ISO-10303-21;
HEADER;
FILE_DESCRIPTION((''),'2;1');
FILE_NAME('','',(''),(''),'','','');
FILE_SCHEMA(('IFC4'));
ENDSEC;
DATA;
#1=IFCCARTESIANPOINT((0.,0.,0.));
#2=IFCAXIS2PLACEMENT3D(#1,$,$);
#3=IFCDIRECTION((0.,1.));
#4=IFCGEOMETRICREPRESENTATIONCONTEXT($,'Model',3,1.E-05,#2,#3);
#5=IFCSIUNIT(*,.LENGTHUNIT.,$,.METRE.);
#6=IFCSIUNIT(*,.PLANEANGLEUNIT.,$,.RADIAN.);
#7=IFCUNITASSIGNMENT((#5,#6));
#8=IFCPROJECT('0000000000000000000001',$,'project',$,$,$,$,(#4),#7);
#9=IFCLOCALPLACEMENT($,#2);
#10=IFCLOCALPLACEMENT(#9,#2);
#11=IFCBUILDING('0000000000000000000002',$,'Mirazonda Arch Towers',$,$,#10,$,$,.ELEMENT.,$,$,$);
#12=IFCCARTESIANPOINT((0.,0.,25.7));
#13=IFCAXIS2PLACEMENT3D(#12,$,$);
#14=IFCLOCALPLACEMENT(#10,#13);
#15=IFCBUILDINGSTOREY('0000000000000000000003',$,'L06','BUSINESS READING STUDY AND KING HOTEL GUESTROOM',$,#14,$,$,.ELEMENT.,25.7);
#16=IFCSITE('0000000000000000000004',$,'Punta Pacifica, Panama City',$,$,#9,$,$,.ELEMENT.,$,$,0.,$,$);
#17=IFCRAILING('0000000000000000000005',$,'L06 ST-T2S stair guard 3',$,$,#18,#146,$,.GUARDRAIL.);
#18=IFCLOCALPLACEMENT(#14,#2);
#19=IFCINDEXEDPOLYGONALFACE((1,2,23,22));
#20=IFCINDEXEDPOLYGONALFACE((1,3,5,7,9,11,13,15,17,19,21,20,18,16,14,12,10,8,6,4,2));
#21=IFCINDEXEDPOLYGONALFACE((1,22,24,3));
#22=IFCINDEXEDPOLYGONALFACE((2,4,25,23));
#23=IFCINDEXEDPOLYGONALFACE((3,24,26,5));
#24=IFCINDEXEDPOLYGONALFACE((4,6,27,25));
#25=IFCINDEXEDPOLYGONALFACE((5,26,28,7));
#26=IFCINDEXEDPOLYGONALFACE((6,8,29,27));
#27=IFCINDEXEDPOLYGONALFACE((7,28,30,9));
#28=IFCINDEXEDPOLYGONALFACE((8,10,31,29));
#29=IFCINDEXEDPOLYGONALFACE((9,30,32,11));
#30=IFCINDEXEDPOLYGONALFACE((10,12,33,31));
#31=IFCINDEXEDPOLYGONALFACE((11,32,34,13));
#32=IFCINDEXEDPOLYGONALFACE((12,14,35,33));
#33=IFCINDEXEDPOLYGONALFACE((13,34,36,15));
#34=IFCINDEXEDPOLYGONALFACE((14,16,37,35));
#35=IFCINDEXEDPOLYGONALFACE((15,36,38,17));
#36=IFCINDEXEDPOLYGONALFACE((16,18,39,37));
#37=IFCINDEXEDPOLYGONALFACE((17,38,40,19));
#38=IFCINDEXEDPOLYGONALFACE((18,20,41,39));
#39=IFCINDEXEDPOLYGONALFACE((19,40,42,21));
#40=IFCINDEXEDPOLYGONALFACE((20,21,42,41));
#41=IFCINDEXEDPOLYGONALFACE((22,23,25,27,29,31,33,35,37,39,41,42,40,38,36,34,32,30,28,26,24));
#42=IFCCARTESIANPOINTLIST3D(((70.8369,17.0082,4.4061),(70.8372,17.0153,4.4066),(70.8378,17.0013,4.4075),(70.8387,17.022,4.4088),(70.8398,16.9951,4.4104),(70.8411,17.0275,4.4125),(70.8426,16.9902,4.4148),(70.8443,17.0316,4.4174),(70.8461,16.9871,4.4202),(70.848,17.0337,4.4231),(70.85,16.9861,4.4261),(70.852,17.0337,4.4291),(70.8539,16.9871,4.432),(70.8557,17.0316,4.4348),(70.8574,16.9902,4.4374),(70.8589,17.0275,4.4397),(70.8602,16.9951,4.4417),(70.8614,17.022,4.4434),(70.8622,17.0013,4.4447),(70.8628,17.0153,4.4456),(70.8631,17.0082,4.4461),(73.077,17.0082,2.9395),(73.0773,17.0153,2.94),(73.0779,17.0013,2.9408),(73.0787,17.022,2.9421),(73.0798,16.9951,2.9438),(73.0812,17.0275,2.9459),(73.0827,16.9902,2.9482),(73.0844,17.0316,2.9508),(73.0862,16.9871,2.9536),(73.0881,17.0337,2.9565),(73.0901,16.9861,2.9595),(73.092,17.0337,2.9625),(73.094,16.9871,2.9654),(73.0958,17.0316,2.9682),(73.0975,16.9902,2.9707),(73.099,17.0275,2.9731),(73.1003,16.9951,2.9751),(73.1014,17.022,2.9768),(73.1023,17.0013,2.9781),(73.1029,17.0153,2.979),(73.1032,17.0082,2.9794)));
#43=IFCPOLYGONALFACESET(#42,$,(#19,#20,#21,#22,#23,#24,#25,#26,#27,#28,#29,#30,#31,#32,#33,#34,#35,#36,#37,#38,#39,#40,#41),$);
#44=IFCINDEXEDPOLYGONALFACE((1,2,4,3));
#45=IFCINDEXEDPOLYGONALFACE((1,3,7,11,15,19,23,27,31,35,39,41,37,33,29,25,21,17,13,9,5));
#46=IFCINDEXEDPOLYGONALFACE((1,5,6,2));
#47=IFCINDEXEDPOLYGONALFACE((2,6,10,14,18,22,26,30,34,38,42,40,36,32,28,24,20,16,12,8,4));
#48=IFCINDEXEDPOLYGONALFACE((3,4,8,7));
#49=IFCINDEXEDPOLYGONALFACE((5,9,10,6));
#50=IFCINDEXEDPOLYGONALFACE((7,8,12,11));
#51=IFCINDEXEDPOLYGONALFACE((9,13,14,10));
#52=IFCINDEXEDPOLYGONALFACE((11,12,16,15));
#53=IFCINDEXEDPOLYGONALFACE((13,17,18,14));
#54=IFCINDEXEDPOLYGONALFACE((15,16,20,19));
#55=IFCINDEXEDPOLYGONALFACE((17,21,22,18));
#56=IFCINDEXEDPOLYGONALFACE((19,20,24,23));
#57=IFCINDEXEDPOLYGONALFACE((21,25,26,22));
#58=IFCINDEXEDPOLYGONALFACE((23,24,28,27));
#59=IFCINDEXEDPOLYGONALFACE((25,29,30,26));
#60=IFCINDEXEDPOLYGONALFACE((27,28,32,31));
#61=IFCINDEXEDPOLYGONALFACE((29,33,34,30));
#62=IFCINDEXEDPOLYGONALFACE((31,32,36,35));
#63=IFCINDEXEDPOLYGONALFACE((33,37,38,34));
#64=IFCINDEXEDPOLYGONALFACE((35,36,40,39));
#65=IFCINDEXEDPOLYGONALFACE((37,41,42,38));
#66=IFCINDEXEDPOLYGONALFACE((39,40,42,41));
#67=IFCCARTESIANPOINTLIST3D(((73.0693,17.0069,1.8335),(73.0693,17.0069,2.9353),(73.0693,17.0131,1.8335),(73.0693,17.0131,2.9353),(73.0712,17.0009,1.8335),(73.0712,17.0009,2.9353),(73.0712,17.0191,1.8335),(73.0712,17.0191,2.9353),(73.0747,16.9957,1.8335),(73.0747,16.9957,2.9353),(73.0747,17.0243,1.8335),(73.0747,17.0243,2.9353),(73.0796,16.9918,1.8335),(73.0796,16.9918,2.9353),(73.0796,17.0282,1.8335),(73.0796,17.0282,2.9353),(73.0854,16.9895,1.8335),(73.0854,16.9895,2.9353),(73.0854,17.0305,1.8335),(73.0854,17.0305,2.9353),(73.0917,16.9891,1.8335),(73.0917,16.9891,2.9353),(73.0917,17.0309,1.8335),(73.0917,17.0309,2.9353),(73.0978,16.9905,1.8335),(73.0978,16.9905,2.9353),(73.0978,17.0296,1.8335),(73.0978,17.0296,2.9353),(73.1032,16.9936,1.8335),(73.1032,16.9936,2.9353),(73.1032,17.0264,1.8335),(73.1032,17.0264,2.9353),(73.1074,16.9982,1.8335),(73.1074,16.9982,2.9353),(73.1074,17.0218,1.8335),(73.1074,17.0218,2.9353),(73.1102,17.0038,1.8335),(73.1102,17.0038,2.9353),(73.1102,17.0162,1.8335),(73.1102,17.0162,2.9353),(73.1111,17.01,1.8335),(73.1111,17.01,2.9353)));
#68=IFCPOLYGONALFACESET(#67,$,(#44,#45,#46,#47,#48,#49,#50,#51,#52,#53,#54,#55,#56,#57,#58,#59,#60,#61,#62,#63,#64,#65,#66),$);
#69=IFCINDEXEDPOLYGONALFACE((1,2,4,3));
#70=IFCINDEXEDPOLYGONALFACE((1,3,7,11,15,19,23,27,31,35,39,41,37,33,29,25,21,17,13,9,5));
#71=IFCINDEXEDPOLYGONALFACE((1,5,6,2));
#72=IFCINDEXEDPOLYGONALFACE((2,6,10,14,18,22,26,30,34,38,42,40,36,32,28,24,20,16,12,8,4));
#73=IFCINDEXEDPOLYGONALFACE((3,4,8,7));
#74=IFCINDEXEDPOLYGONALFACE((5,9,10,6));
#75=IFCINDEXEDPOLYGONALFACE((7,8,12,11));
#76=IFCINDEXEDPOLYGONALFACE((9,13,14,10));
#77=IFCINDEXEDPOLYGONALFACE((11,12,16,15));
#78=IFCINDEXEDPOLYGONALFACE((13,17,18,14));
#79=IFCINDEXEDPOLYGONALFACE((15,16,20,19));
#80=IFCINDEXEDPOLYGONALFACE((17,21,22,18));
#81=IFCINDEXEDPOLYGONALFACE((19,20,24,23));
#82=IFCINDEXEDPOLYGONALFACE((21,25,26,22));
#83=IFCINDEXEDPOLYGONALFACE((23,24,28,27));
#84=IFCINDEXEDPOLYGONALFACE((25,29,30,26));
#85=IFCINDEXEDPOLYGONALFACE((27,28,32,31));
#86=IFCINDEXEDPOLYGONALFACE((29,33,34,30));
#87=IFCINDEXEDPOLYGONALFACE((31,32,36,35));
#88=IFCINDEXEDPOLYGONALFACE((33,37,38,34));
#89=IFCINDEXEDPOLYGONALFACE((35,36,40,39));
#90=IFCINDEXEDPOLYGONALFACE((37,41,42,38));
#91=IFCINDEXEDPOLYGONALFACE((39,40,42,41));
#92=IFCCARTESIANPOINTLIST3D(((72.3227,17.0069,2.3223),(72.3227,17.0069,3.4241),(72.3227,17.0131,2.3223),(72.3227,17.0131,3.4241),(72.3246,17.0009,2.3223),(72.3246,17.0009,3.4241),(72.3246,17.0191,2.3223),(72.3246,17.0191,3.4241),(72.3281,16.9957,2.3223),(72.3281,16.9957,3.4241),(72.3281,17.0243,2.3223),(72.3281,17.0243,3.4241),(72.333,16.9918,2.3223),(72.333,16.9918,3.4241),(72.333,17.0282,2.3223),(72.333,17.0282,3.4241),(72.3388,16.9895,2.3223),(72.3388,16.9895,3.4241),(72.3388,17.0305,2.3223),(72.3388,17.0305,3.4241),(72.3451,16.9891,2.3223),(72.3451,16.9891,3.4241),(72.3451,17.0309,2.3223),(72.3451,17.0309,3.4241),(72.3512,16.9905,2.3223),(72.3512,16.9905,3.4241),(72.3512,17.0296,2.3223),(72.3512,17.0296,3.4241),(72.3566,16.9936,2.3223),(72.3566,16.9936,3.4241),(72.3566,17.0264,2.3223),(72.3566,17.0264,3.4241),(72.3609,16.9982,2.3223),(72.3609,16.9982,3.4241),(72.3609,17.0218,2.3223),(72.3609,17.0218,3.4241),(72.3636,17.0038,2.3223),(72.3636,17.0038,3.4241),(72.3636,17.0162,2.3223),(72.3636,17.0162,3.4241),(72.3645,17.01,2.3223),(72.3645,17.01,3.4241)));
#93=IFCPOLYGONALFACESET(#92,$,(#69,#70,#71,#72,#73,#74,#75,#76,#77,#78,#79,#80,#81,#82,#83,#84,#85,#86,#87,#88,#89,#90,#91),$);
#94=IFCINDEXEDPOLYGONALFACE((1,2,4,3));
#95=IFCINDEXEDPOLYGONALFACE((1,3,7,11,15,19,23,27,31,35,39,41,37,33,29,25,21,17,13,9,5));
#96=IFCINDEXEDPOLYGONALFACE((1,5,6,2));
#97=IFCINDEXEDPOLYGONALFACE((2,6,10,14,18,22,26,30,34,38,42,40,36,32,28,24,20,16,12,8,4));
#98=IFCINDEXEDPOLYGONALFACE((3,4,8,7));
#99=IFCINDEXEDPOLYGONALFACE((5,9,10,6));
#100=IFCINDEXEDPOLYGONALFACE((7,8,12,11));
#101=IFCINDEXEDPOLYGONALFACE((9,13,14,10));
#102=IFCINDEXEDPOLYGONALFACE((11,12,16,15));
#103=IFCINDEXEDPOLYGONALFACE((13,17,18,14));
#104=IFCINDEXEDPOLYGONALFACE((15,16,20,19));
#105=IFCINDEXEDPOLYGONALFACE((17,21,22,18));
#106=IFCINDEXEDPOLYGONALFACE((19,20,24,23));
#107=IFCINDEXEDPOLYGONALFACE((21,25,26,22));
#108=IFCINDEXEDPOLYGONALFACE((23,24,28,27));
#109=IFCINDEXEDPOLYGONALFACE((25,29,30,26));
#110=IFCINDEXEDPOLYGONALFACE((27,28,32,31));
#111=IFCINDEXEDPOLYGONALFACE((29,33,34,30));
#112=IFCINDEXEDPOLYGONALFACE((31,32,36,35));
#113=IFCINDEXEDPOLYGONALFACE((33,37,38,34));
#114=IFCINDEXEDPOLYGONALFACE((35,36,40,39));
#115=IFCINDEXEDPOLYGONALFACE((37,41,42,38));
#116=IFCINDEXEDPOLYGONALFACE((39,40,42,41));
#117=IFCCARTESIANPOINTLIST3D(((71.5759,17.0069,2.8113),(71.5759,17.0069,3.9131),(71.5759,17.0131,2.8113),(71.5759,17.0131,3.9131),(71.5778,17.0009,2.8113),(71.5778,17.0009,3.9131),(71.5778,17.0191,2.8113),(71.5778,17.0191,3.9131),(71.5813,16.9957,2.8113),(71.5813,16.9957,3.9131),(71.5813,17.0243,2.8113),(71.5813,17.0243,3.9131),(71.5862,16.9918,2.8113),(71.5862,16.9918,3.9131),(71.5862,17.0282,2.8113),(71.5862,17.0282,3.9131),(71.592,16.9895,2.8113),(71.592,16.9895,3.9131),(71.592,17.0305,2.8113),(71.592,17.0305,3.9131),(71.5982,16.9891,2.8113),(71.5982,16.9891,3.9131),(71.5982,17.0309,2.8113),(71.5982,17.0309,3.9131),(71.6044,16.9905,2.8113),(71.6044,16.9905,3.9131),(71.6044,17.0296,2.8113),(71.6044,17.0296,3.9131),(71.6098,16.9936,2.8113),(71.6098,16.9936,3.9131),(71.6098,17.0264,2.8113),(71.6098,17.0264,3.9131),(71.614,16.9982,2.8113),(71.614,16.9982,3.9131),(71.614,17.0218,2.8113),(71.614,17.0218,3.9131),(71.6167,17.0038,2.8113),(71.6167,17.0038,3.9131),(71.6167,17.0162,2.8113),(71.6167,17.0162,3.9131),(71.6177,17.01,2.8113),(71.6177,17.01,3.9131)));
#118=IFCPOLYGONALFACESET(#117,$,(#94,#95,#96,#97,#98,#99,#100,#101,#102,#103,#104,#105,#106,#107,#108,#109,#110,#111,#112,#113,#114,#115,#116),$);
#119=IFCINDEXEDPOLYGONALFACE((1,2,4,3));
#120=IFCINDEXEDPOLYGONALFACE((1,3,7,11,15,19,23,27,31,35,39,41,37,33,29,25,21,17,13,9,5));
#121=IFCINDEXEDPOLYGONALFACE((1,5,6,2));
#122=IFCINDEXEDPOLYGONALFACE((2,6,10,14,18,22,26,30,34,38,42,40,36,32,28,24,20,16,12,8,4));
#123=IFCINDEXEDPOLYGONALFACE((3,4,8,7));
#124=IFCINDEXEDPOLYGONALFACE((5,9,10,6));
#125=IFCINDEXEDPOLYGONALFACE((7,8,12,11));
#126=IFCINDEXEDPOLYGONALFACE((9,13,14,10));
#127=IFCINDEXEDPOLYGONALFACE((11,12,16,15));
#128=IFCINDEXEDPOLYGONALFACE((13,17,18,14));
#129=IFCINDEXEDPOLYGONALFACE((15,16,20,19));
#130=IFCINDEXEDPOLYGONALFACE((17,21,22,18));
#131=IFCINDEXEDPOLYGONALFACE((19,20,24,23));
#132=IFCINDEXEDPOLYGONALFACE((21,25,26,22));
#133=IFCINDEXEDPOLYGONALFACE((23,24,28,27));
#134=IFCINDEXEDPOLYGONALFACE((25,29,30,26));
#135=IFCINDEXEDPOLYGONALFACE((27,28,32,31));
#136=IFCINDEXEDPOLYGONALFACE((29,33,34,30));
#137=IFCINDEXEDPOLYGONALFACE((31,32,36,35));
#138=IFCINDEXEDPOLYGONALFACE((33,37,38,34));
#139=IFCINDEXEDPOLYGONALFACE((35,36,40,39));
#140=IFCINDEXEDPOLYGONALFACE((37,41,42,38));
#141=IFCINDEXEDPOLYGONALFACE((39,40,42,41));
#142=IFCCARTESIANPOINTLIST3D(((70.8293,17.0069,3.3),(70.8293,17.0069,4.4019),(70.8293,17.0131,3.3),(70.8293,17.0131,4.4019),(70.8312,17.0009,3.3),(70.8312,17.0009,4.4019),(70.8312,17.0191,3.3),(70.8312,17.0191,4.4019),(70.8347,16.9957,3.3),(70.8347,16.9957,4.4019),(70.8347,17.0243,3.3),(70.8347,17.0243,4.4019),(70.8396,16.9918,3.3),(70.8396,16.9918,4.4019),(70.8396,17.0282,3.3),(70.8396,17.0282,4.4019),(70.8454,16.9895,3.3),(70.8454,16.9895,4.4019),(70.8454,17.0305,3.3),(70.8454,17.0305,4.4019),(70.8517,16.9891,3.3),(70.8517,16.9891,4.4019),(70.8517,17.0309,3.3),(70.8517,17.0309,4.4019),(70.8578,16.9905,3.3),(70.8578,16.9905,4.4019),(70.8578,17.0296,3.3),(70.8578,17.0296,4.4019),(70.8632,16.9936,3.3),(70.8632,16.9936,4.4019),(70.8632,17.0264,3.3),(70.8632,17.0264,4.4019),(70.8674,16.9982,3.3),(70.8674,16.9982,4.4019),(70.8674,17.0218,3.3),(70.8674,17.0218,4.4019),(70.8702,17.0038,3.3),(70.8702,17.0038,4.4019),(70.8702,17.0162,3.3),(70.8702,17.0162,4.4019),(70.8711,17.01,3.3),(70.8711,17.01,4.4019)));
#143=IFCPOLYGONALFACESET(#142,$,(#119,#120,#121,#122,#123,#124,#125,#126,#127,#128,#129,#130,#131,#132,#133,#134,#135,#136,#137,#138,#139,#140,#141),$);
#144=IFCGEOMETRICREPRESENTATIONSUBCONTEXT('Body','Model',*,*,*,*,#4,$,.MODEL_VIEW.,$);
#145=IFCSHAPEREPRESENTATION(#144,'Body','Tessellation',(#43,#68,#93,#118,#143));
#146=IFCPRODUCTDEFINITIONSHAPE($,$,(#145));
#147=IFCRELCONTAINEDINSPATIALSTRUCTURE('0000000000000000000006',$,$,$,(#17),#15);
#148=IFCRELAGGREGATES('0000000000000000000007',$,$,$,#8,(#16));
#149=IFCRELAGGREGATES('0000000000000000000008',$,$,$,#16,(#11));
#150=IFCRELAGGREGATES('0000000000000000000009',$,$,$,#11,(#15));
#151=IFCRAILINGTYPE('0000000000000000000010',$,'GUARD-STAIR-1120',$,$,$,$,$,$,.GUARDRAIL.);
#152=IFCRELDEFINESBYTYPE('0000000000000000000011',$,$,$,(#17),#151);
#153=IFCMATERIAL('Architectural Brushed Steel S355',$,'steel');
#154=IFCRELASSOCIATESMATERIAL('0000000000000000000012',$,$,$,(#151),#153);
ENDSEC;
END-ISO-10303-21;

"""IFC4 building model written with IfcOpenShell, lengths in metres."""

from ifc_helpers import new_model, si_unit, direction, frame, origin, origin_2d, place, context, subcontext, project, spatial, circle, extrude, material, type_object, element, save


model = new_model("IFC4")

# Units and contexts
model_context = context("Model", 3, precision=1e-05, world=origin(), true_north=direction((0.0, 1.0)))
body_context = subcontext(model_context, "Body", "Model", "MODEL_VIEW")
ifc_project = project(units=[si_unit("LENGTHUNIT", "METRE"), si_unit("PLANEANGLEUNIT", "RADIAN")], contexts=[model_context])

# Site, building, storey
site_placement = place(None, origin())
site = spatial("IfcSite", under=ifc_project, at=site_placement, Name="Punta Pacifica, Panama City", CompositionType="ELEMENT", RefElevation=0.0)
building_placement = place(site_placement, origin())
building = spatial("IfcBuilding", under=site, at=building_placement, Name="Mirazonda Arch Towers", CompositionType="ELEMENT")
storey_placement = place(building_placement, frame((0.0, 0.0, 25.7)))
storey = spatial("IfcBuildingStorey", under=building, at=storey_placement, Name="L06", Description="BUSINESS READING STUDY AND KING HOTEL GUESTROOM", CompositionType="ELEMENT", Elevation=25.7)

# Railing
ifc_material_1 = material(Name="Architectural Brushed Steel S355", Category="steel")
railing_type_1 = type_object("IfcRailingType", Name="GUARD-STAIR-1120", PredefinedType="GUARDRAIL", material=ifc_material_1)
railing_1_placement = place(storey_placement, frame((73.0901, 17.01, 1.8335)))
element("IfcRailing", 1, at=railing_1_placement, inside=storey, type_object=railing_type_1, Name="L06 ST-T2S stair guard 3", PredefinedType="GUARDRAIL", context=body_context, shape_type="SweptSolid", body=[
    extrude(circle(Radius=0.0239, at=origin_2d()), frame((0.0, 0.0, 1.126), z_axis=(-0.836637, 0.0, 0.547758), x_axis=(0.0, -1.0, 0.0)), (0.0, 0.0, 1.0), 2.6775),
    extrude(circle(Radius=0.021, at=origin_2d()), origin(), (0.0, 0.0, 1.0), 1.1018),
    extrude(circle(Radius=0.021, at=origin_2d()), frame((-0.7466, 0.0, 0.4888)), (0.0, 0.0, 1.0), 1.1018),
    extrude(circle(Radius=0.021, at=origin_2d()), frame((-1.4934, 0.0, 0.9778)), (0.0, 0.0, 1.0), 1.1018),
    extrude(circle(Radius=0.021, at=origin_2d()), frame((-2.24, 0.0, 1.4666)), (0.0, 0.0, 1.0), 1.1018),
])

save(model, "model.ifc")
